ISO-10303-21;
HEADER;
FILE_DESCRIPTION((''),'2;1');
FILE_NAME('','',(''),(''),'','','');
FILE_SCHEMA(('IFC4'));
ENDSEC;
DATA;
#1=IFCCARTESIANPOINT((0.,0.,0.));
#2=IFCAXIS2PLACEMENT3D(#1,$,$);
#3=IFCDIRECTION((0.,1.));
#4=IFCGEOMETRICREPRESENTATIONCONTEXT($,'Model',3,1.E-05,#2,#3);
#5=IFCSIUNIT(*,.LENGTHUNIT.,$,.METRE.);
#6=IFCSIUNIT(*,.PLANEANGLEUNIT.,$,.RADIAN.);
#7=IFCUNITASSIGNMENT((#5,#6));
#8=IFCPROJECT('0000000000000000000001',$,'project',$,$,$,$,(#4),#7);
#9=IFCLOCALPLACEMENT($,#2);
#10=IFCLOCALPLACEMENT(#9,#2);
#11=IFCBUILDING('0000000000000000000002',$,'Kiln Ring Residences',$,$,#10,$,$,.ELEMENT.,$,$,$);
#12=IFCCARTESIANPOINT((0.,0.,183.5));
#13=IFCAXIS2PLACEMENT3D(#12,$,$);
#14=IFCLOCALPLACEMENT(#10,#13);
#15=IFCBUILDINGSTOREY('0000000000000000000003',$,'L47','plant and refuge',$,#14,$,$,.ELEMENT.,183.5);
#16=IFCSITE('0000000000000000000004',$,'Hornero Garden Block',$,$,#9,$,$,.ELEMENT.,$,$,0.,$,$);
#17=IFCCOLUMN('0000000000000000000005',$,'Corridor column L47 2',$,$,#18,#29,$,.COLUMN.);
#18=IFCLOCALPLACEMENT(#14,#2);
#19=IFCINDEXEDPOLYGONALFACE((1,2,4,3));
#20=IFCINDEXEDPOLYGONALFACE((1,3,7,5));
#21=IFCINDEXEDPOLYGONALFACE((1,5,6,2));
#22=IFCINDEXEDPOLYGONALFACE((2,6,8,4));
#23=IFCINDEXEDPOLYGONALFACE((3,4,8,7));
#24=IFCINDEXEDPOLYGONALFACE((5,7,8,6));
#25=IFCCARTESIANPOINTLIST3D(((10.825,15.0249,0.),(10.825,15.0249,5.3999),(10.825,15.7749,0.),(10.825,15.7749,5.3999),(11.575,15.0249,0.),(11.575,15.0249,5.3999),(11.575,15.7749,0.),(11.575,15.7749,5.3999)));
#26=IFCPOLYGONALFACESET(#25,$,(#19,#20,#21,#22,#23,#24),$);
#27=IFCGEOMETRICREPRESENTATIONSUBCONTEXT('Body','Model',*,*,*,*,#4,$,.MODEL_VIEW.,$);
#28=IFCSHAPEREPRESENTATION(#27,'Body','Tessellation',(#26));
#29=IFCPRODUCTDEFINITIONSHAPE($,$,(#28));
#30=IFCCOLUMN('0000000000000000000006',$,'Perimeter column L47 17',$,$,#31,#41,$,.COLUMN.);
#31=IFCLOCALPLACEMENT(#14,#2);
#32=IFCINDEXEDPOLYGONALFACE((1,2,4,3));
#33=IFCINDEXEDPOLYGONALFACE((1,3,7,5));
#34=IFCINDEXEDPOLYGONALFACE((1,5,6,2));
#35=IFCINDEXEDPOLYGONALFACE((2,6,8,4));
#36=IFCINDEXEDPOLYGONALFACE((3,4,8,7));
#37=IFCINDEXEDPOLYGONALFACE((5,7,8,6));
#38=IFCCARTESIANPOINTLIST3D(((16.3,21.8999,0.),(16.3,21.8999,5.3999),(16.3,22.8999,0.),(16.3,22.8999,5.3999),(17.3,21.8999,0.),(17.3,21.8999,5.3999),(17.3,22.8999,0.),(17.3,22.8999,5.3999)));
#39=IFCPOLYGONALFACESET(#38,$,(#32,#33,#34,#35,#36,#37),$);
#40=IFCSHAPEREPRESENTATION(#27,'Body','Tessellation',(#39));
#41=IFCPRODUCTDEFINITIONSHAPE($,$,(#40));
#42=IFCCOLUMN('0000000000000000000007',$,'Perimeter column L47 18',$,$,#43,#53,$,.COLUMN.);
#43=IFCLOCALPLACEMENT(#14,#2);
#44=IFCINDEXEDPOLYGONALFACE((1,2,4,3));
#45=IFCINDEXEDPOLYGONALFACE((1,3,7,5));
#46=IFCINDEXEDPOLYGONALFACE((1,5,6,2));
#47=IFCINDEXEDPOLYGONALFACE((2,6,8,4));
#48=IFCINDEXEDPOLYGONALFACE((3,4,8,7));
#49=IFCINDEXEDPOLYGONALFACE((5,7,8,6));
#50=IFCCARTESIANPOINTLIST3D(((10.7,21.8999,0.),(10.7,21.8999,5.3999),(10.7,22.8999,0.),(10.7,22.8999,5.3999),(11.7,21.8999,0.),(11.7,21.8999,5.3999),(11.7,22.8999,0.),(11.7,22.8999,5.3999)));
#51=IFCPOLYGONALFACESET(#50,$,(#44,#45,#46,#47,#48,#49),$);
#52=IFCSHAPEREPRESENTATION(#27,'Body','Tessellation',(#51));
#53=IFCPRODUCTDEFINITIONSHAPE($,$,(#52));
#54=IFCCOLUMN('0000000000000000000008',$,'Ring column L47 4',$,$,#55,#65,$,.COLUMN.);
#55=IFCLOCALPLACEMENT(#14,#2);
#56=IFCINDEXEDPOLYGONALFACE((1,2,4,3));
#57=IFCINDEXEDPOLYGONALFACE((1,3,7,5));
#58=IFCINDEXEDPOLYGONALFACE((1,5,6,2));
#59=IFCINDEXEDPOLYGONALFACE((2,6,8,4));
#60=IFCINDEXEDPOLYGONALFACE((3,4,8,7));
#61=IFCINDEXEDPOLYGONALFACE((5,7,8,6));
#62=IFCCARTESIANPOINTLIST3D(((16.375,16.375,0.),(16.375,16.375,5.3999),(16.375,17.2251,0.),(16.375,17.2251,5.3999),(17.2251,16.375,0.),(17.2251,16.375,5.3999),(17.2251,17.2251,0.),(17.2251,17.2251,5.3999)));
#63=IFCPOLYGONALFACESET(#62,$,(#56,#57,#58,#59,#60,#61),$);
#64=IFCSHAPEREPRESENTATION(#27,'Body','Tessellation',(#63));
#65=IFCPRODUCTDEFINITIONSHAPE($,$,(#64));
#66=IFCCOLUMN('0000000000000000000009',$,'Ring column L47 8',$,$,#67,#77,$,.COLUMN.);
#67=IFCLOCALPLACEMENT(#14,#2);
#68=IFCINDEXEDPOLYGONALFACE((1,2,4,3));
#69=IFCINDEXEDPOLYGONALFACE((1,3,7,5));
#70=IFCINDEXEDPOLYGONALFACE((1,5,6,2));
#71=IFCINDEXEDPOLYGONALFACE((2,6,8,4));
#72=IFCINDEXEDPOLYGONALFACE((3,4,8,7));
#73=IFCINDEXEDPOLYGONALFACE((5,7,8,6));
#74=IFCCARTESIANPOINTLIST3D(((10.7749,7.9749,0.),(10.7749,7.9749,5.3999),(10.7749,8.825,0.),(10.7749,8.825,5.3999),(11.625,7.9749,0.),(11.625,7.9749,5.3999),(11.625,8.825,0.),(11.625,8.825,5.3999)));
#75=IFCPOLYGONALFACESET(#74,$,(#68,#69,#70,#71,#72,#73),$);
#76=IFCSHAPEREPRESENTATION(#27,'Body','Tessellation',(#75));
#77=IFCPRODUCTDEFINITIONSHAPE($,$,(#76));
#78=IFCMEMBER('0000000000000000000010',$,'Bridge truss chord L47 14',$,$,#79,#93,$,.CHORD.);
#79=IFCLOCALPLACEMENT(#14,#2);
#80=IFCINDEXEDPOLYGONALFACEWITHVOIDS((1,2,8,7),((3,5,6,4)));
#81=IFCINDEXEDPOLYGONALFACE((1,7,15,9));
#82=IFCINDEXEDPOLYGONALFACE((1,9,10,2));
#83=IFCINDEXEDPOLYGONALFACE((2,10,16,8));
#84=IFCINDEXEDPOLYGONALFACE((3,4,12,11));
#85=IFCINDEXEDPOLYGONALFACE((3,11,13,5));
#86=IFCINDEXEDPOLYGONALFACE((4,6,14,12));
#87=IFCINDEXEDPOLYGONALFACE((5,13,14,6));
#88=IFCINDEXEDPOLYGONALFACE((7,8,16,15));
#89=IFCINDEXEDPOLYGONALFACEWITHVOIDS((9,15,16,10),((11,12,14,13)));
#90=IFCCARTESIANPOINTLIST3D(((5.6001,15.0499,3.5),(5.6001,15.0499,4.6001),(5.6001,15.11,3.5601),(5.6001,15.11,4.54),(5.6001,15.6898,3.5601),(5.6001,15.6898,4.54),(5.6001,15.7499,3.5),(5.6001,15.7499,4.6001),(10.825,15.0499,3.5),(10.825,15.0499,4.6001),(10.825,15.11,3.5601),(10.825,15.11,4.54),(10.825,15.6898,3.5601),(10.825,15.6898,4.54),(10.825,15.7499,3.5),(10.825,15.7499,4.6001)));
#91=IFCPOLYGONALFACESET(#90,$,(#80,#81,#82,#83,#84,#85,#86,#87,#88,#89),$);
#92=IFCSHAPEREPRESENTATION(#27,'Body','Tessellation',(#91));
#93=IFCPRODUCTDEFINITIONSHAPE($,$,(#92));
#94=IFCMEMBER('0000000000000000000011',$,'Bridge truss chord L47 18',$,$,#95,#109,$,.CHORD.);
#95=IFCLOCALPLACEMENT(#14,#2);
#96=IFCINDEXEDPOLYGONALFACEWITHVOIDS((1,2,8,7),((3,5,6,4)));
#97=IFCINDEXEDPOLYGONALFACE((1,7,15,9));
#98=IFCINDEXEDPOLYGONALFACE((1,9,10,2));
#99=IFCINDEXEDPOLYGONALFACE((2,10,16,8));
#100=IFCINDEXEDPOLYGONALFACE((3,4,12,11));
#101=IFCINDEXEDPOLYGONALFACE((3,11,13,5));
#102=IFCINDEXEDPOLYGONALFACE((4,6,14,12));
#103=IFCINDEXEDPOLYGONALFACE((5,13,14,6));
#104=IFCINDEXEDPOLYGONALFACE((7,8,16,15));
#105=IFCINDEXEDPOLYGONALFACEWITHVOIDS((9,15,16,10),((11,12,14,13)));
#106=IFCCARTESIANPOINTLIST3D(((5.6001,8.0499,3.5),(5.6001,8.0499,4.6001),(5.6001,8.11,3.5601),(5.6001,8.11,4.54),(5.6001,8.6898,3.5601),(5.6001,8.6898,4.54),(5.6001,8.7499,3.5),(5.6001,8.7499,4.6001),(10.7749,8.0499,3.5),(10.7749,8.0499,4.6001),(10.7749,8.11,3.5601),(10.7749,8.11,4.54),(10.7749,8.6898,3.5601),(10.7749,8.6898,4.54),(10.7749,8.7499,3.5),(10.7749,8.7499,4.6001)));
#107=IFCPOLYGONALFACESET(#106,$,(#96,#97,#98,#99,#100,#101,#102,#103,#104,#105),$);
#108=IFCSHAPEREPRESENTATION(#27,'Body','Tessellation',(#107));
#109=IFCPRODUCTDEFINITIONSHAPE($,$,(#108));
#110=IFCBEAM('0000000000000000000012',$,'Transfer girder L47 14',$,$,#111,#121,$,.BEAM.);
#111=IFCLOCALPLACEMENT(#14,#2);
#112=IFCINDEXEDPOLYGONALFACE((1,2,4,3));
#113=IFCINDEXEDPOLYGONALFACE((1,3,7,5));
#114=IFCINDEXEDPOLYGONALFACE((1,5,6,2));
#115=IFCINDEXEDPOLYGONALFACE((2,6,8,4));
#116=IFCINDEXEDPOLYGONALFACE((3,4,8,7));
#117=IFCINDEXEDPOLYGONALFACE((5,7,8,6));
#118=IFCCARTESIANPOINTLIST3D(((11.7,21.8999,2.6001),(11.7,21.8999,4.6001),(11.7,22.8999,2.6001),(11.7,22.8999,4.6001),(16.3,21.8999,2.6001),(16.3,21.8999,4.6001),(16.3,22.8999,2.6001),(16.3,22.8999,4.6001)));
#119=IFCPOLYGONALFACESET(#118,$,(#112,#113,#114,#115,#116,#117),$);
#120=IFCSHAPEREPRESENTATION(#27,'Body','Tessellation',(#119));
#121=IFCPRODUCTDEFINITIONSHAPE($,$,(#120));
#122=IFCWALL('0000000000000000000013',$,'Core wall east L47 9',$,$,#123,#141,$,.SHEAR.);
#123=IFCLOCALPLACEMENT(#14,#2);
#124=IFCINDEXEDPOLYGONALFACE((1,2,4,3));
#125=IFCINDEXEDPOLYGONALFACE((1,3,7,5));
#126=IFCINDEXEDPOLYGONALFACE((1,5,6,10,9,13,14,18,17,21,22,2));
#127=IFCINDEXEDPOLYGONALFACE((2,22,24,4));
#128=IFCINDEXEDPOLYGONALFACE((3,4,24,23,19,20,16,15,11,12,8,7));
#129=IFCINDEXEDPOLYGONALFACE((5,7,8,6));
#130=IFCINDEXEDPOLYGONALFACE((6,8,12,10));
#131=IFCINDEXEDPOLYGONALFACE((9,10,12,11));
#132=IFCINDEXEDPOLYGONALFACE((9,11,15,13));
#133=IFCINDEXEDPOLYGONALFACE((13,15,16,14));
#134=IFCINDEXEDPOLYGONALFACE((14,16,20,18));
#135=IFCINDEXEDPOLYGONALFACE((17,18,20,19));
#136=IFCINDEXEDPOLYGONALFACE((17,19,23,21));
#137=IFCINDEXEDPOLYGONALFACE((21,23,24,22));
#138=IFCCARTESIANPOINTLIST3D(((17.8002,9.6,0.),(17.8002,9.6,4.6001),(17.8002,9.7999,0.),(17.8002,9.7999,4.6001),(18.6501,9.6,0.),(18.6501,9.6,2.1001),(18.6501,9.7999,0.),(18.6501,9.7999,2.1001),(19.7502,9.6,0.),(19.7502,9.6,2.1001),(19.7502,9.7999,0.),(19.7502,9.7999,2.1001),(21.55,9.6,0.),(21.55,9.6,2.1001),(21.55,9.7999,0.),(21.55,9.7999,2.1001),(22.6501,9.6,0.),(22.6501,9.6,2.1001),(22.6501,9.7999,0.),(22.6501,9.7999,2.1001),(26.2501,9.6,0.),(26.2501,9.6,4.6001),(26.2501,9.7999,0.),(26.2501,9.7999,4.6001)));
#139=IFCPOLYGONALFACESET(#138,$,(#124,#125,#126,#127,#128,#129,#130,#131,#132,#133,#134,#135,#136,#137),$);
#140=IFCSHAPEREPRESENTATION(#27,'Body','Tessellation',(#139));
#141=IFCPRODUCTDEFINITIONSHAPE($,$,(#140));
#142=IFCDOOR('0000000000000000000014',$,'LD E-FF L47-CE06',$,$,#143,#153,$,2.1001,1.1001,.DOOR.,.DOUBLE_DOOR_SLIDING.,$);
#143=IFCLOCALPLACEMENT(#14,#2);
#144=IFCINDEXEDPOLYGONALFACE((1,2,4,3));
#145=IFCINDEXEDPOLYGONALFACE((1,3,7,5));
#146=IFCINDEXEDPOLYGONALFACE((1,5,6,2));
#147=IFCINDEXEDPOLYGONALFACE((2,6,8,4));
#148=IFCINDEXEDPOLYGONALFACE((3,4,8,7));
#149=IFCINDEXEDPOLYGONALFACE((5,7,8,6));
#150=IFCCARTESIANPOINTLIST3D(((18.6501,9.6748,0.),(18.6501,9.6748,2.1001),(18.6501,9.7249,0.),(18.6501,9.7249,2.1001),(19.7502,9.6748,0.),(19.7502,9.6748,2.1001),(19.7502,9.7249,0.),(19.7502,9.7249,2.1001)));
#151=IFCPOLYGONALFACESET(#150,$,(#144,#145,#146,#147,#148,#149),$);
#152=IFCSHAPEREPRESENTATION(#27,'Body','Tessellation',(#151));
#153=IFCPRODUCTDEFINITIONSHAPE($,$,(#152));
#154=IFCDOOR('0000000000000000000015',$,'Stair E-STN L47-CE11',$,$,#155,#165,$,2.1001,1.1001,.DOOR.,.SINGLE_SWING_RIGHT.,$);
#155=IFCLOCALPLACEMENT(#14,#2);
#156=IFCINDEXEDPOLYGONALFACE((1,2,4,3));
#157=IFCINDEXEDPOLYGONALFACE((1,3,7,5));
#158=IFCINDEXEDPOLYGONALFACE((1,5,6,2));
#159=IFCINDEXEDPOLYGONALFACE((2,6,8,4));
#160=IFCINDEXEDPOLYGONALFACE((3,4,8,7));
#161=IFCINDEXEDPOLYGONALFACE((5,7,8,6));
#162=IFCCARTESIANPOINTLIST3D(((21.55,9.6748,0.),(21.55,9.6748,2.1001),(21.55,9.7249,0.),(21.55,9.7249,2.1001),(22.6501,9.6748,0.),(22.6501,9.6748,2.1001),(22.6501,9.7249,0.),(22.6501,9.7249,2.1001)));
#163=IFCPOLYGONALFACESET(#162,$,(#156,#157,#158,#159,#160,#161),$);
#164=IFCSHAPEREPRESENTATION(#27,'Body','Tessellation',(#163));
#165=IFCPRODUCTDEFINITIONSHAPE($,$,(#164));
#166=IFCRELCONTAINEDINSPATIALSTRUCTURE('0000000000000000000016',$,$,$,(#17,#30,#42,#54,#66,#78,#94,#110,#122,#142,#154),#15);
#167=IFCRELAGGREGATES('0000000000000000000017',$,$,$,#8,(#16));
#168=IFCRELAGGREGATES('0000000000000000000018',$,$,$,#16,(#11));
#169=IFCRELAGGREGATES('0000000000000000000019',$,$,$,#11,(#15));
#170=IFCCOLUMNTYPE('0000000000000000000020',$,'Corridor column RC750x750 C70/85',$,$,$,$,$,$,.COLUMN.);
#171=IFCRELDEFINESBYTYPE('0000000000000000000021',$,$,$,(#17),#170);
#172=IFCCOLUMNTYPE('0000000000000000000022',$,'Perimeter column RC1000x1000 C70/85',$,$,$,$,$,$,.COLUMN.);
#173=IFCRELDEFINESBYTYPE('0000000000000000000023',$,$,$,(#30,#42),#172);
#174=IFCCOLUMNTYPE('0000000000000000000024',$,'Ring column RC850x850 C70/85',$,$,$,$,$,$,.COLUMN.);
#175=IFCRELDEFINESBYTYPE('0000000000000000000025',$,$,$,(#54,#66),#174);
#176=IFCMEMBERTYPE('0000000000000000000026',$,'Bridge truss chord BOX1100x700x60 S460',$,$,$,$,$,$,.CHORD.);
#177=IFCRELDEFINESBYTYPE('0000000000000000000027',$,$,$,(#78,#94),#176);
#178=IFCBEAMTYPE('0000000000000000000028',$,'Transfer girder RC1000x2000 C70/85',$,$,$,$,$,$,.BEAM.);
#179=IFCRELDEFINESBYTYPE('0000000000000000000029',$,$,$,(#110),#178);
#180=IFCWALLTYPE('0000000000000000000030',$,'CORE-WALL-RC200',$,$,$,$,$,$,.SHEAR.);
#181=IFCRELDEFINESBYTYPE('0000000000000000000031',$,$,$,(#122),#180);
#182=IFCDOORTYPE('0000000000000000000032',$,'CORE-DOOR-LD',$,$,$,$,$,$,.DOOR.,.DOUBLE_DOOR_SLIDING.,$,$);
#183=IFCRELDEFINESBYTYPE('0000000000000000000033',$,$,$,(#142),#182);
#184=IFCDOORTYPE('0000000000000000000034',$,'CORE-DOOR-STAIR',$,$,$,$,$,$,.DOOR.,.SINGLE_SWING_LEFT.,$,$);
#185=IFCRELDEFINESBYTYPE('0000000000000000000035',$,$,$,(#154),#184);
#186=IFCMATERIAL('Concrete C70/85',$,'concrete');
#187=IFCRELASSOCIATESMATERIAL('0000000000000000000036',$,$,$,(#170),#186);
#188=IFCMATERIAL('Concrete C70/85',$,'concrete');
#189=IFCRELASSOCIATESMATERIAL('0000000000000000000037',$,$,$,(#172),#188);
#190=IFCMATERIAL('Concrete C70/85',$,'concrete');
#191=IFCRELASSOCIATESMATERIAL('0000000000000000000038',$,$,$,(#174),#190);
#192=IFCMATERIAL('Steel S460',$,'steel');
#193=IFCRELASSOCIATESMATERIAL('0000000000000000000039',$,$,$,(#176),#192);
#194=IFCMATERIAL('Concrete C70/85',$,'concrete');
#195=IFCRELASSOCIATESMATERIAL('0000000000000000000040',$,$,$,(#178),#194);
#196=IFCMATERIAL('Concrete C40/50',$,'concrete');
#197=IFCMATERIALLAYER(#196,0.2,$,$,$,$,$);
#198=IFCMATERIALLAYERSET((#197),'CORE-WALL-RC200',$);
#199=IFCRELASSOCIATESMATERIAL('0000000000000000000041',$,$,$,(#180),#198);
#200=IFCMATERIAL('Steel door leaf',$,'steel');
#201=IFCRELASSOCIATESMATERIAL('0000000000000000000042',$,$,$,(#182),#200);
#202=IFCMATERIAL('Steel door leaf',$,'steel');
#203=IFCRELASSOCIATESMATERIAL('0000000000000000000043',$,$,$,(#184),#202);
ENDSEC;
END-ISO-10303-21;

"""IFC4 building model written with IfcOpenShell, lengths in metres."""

from ifc_helpers import new_model, si_unit, direction, frame, frame_2d, origin, origin_2d, place, context, subcontext, project, spatial, rectangle, hollow_rectangle, extrude, material, layer, layer_set, material_profile, profile_set, type_object, element, fill, save


model = new_model("IFC4")

# Units and contexts
model_context = context("Model", 3, precision=1e-05, world=origin(), true_north=direction((0.0, 1.0)))
body_context = subcontext(model_context, "Body", "Model", "MODEL_VIEW")
ifc_project = project(units=[si_unit("LENGTHUNIT", "METRE"), si_unit("PLANEANGLEUNIT", "RADIAN")], contexts=[model_context])

# Site, building, storey
site_placement = place(None, origin())
site = spatial("IfcSite", under=ifc_project, at=site_placement, Name="Hornero Garden Block", CompositionType="ELEMENT", RefElevation=0.0)
building_placement = place(site_placement, origin())
building = spatial("IfcBuilding", under=site, at=building_placement, Name="Kiln Ring Residences", CompositionType="ELEMENT")
storey_placement = place(building_placement, frame((0.0, 0.0, 183.5)))
storey = spatial("IfcBuildingStorey", under=building, at=storey_placement, Name="L47", Description="plant and refuge", CompositionType="ELEMENT", Elevation=183.5)

# Columns
ifc_material_1 = material(Name="Concrete C70/85", Category="concrete")
ifc_material_profile_1 = material_profile(ifc_material_1, rectangle(XDim=0.75, YDim=0.75, at=origin_2d()), Name="RC750x750")
ifc_profile_set_1 = profile_set([ifc_material_profile_1], Name="Concrete C70/85")
column_type_1 = type_object("IfcColumnType", Name="Corridor column RC750x750 C70/85", PredefinedType="COLUMN", material=ifc_profile_set_1)
column_placement = place(storey_placement, frame((11.2, 15.3999, 0.0), z_axis=(0.0, 0.0, 1.0), x_axis=(1.0, 0.0, 0.0)))
element("IfcColumn", 1, at=column_placement, inside=storey, type_object=column_type_1, Name="Corridor column L47 2", PredefinedType="COLUMN", context=body_context, shape_type="SweptSolid", body=[
    extrude(rectangle(XDim=0.75, YDim=0.75, at=origin_2d()), origin(), (0.0, 0.0, 1.0), 5.3999),
])
ifc_material_2 = material(Name="Concrete C70/85", Category="concrete")
ifc_material_profile_2 = material_profile(ifc_material_2, rectangle(XDim=1.0, YDim=1.0, at=origin_2d()), Name="RC1000x1000")
ifc_profile_set_2 = profile_set([ifc_material_profile_2], Name="Concrete C70/85")
column_type_2 = type_object("IfcColumnType", Name="Perimeter column RC1000x1000 C70/85", PredefinedType="COLUMN", material=ifc_profile_set_2)
for number, where, z_axis, x_axis, name in (
    (2, (16.8, 22.3999, 0.0), (0.0, 0.0, 1.0), (1.0, 0.0, 0.0), "Perimeter column L47 17"),
    (3, (11.2, 22.3999, 0.0), (0.0, 0.0, 1.0), (1.0, 0.0, 0.0), "Perimeter column L47 18"),
):
    element("IfcColumn", number, at=place(storey_placement, frame(where, z_axis=z_axis, x_axis=x_axis)), inside=storey, type_object=column_type_2, Name=name, PredefinedType="COLUMN", context=body_context, shape_type="SweptSolid", body=[
        extrude(rectangle(XDim=1.0, YDim=1.0, at=origin_2d()), origin(), (0.0, 0.0, 1.0), 5.3999),
    ])
ifc_material_3 = material(Name="Concrete C70/85", Category="concrete")
ifc_material_profile_3 = material_profile(ifc_material_3, rectangle(XDim=0.8501, YDim=0.8501, at=origin_2d()), Name="RC850x850")
ifc_profile_set_3 = profile_set([ifc_material_profile_3], Name="Concrete C70/85")
column_type_3 = type_object("IfcColumnType", Name="Ring column RC850x850 C70/85", PredefinedType="COLUMN", material=ifc_profile_set_3)
for number, where, z_axis, x_axis, name in (
    (4, (16.8, 16.8, 0.0), (0.0, 0.0, 1.0), (1.0, 0.0, 0.0), "Ring column L47 4"),
    (5, (11.2, 8.3999, 0.0), (0.0, 0.0, 1.0), (1.0, 0.0, 0.0), "Ring column L47 8"),
):
    element("IfcColumn", number, at=place(storey_placement, frame(where, z_axis=z_axis, x_axis=x_axis)), inside=storey, type_object=column_type_3, Name=name, PredefinedType="COLUMN", context=body_context, shape_type="SweptSolid", body=[
        extrude(rectangle(XDim=0.8501, YDim=0.8501, at=origin_2d()), origin(), (0.0, 0.0, 1.0), 5.3999),
    ])

# Members
ifc_material_4 = material(Name="Steel S460", Category="steel")
ifc_material_profile_4 = material_profile(ifc_material_4, hollow_rectangle(XDim=0.7, YDim=1.1001, WallThickness=0.0601, at=origin_2d()), Name="BOX1100x700x60")
ifc_profile_set_4 = profile_set([ifc_material_profile_4], Name="Steel S460")
member_type = type_object("IfcMemberType", Name="Bridge truss chord BOX1100x700x60 S460", PredefinedType="CHORD", material=ifc_profile_set_4)
member_1_placement = place(storey_placement, frame((5.6001, 15.3999, 4.05), z_axis=(1.0, 0.0, 0.0), x_axis=(0.0, 1.0, 0.0)))
element("IfcMember", 6, at=member_1_placement, inside=storey, type_object=member_type, Name="Bridge truss chord L47 14", PredefinedType="CHORD", context=body_context, shape_type="SweptSolid", body=[
    extrude(hollow_rectangle(XDim=0.7, YDim=1.1001, WallThickness=0.0601, at=origin_2d()), origin(), (0.0, 0.0, 1.0), 5.2249),
])
member_2_placement = place(storey_placement, frame((5.6001, 8.3999, 4.05), z_axis=(1.0, 0.0, 0.0), x_axis=(0.0, 1.0, 0.0)))
element("IfcMember", 7, at=member_2_placement, inside=storey, type_object=member_type, Name="Bridge truss chord L47 18", PredefinedType="CHORD", context=body_context, shape_type="SweptSolid", body=[
    extrude(hollow_rectangle(XDim=0.7, YDim=1.1001, WallThickness=0.0601, at=origin_2d()), origin(), (0.0, 0.0, 1.0), 5.1748),
])

# Beam
ifc_material_5 = material(Name="Concrete C70/85", Category="concrete")
ifc_material_profile_5 = material_profile(ifc_material_5, rectangle(XDim=1.0, YDim=2.0, at=origin_2d()), Name="RC1000x2000")
ifc_profile_set_5 = profile_set([ifc_material_profile_5], Name="Concrete C70/85")
beam_type = type_object("IfcBeamType", Name="Transfer girder RC1000x2000 C70/85", PredefinedType="BEAM", material=ifc_profile_set_5)
beam_placement = place(storey_placement, frame((16.3, 22.3999, 3.6001), z_axis=(-1.0, 0.0, 0.0), x_axis=(0.0, -1.0, 0.0)))
element("IfcBeam", 8, at=beam_placement, inside=storey, type_object=beam_type, Name="Transfer girder L47 14", PredefinedType="BEAM", context=body_context, shape_type="SweptSolid", body=[
    extrude(rectangle(XDim=1.0, YDim=2.0, at=origin_2d()), origin(), (0.0, 0.0, 1.0), 4.6001),
])

# Wall, openings, doors
ifc_material_6 = material(Name="Concrete C40/50", Category="concrete")
ifc_layer_1 = layer(ifc_material_6, 0.2)
ifc_layer_set_1 = layer_set([ifc_layer_1], Name="CORE-WALL-RC200")
wall_type_1 = type_object("IfcWallType", Name="CORE-WALL-RC200", PredefinedType="SHEAR", material=ifc_layer_set_1)
wall_1_placement = place(storey_placement, frame((17.8, 9.7, 0.0), z_axis=(0.0, 0.0, 1.0), x_axis=(1.0, 0.0, 0.0)))
wall_1 = element("IfcWall", 9, at=wall_1_placement, inside=storey, type_object=wall_type_1, Name="Core wall east L47 9", PredefinedType="SHEAR", context=body_context, shape_type="SweptSolid", body=[
    extrude(rectangle(XDim=8.45, YDim=0.2, at=frame_2d((4.2251, 0.0))), origin(), (0.0, 0.0, 1.0), 4.6001),
])
opening_1_placement = place(wall_1_placement, frame((0.8501, 0.0, 0.0)))
opening_1 = element("IfcOpeningElement", 10, at=opening_1_placement, cuts=wall_1, PredefinedType="OPENING", context=body_context, shape_type="SweptSolid", body=[
    extrude(rectangle(XDim=1.1001, YDim=2.1001, at=frame_2d((0.55, 1.05))), frame((0.0, 0.1099, 0.0), z_axis=(0.0, -1.0, 0.0), x_axis=(1.0, 0.0, 0.0)), (0.0, 0.0, 1.0), 0.22),
])
opening_2_placement = place(wall_1_placement, frame((3.75, 0.0, 0.0)))
opening_2 = element("IfcOpeningElement", 11, at=opening_2_placement, cuts=wall_1, PredefinedType="OPENING", context=body_context, shape_type="SweptSolid", body=[
    extrude(rectangle(XDim=1.1001, YDim=2.1001, at=frame_2d((0.55, 1.05))), frame((0.0, 0.1099, 0.0), z_axis=(0.0, -1.0, 0.0), x_axis=(1.0, 0.0, 0.0)), (0.0, 0.0, 1.0), 0.22),
])
ifc_material_7 = material(Name="Steel door leaf", Category="steel")
door_type_1 = type_object("IfcDoorType", Name="CORE-DOOR-LD", OperationType="DOUBLE_DOOR_SLIDING", PredefinedType="DOOR", material=ifc_material_7)
door_1_placement = place(opening_1_placement, origin())
door_1 = element("IfcDoor", 12, at=door_1_placement, inside=storey, type_object=door_type_1, Name="LD E-FF L47-CE06", OperationType="DOUBLE_DOOR_SLIDING", OverallHeight=2.1001, OverallWidth=1.1001, PredefinedType="DOOR", context=body_context, shape_type="SweptSolid", body=[
    extrude(rectangle(XDim=1.1001, YDim=2.1001, at=frame_2d((0.55, 1.05))), frame((0.0, 0.0249, 0.0), z_axis=(0.0, -1.0, 0.0), x_axis=(1.0, 0.0, 0.0)), (0.0, 0.0, 1.0), 0.05),
])
fill(opening_1, door_1)
ifc_material_8 = material(Name="Steel door leaf", Category="steel")
door_type_2 = type_object("IfcDoorType", Name="CORE-DOOR-STAIR", OperationType="SINGLE_SWING_LEFT", PredefinedType="DOOR", material=ifc_material_8)
door_2_placement = place(opening_2_placement, origin())
door_2 = element("IfcDoor", 13, at=door_2_placement, inside=storey, type_object=door_type_2, Name="Stair E-STN L47-CE11", OperationType="SINGLE_SWING_RIGHT", OverallHeight=2.1001, OverallWidth=1.1001, PredefinedType="DOOR", context=body_context, shape_type="SweptSolid", body=[
    extrude(rectangle(XDim=1.1001, YDim=2.1001, at=frame_2d((0.55, 1.05))), frame((0.0, 0.0249, 0.0), z_axis=(0.0, -1.0, 0.0), x_axis=(1.0, 0.0, 0.0)), (0.0, 0.0, 1.0), 0.05),
])
fill(opening_2, door_2)

save(model, "model.ifc")
